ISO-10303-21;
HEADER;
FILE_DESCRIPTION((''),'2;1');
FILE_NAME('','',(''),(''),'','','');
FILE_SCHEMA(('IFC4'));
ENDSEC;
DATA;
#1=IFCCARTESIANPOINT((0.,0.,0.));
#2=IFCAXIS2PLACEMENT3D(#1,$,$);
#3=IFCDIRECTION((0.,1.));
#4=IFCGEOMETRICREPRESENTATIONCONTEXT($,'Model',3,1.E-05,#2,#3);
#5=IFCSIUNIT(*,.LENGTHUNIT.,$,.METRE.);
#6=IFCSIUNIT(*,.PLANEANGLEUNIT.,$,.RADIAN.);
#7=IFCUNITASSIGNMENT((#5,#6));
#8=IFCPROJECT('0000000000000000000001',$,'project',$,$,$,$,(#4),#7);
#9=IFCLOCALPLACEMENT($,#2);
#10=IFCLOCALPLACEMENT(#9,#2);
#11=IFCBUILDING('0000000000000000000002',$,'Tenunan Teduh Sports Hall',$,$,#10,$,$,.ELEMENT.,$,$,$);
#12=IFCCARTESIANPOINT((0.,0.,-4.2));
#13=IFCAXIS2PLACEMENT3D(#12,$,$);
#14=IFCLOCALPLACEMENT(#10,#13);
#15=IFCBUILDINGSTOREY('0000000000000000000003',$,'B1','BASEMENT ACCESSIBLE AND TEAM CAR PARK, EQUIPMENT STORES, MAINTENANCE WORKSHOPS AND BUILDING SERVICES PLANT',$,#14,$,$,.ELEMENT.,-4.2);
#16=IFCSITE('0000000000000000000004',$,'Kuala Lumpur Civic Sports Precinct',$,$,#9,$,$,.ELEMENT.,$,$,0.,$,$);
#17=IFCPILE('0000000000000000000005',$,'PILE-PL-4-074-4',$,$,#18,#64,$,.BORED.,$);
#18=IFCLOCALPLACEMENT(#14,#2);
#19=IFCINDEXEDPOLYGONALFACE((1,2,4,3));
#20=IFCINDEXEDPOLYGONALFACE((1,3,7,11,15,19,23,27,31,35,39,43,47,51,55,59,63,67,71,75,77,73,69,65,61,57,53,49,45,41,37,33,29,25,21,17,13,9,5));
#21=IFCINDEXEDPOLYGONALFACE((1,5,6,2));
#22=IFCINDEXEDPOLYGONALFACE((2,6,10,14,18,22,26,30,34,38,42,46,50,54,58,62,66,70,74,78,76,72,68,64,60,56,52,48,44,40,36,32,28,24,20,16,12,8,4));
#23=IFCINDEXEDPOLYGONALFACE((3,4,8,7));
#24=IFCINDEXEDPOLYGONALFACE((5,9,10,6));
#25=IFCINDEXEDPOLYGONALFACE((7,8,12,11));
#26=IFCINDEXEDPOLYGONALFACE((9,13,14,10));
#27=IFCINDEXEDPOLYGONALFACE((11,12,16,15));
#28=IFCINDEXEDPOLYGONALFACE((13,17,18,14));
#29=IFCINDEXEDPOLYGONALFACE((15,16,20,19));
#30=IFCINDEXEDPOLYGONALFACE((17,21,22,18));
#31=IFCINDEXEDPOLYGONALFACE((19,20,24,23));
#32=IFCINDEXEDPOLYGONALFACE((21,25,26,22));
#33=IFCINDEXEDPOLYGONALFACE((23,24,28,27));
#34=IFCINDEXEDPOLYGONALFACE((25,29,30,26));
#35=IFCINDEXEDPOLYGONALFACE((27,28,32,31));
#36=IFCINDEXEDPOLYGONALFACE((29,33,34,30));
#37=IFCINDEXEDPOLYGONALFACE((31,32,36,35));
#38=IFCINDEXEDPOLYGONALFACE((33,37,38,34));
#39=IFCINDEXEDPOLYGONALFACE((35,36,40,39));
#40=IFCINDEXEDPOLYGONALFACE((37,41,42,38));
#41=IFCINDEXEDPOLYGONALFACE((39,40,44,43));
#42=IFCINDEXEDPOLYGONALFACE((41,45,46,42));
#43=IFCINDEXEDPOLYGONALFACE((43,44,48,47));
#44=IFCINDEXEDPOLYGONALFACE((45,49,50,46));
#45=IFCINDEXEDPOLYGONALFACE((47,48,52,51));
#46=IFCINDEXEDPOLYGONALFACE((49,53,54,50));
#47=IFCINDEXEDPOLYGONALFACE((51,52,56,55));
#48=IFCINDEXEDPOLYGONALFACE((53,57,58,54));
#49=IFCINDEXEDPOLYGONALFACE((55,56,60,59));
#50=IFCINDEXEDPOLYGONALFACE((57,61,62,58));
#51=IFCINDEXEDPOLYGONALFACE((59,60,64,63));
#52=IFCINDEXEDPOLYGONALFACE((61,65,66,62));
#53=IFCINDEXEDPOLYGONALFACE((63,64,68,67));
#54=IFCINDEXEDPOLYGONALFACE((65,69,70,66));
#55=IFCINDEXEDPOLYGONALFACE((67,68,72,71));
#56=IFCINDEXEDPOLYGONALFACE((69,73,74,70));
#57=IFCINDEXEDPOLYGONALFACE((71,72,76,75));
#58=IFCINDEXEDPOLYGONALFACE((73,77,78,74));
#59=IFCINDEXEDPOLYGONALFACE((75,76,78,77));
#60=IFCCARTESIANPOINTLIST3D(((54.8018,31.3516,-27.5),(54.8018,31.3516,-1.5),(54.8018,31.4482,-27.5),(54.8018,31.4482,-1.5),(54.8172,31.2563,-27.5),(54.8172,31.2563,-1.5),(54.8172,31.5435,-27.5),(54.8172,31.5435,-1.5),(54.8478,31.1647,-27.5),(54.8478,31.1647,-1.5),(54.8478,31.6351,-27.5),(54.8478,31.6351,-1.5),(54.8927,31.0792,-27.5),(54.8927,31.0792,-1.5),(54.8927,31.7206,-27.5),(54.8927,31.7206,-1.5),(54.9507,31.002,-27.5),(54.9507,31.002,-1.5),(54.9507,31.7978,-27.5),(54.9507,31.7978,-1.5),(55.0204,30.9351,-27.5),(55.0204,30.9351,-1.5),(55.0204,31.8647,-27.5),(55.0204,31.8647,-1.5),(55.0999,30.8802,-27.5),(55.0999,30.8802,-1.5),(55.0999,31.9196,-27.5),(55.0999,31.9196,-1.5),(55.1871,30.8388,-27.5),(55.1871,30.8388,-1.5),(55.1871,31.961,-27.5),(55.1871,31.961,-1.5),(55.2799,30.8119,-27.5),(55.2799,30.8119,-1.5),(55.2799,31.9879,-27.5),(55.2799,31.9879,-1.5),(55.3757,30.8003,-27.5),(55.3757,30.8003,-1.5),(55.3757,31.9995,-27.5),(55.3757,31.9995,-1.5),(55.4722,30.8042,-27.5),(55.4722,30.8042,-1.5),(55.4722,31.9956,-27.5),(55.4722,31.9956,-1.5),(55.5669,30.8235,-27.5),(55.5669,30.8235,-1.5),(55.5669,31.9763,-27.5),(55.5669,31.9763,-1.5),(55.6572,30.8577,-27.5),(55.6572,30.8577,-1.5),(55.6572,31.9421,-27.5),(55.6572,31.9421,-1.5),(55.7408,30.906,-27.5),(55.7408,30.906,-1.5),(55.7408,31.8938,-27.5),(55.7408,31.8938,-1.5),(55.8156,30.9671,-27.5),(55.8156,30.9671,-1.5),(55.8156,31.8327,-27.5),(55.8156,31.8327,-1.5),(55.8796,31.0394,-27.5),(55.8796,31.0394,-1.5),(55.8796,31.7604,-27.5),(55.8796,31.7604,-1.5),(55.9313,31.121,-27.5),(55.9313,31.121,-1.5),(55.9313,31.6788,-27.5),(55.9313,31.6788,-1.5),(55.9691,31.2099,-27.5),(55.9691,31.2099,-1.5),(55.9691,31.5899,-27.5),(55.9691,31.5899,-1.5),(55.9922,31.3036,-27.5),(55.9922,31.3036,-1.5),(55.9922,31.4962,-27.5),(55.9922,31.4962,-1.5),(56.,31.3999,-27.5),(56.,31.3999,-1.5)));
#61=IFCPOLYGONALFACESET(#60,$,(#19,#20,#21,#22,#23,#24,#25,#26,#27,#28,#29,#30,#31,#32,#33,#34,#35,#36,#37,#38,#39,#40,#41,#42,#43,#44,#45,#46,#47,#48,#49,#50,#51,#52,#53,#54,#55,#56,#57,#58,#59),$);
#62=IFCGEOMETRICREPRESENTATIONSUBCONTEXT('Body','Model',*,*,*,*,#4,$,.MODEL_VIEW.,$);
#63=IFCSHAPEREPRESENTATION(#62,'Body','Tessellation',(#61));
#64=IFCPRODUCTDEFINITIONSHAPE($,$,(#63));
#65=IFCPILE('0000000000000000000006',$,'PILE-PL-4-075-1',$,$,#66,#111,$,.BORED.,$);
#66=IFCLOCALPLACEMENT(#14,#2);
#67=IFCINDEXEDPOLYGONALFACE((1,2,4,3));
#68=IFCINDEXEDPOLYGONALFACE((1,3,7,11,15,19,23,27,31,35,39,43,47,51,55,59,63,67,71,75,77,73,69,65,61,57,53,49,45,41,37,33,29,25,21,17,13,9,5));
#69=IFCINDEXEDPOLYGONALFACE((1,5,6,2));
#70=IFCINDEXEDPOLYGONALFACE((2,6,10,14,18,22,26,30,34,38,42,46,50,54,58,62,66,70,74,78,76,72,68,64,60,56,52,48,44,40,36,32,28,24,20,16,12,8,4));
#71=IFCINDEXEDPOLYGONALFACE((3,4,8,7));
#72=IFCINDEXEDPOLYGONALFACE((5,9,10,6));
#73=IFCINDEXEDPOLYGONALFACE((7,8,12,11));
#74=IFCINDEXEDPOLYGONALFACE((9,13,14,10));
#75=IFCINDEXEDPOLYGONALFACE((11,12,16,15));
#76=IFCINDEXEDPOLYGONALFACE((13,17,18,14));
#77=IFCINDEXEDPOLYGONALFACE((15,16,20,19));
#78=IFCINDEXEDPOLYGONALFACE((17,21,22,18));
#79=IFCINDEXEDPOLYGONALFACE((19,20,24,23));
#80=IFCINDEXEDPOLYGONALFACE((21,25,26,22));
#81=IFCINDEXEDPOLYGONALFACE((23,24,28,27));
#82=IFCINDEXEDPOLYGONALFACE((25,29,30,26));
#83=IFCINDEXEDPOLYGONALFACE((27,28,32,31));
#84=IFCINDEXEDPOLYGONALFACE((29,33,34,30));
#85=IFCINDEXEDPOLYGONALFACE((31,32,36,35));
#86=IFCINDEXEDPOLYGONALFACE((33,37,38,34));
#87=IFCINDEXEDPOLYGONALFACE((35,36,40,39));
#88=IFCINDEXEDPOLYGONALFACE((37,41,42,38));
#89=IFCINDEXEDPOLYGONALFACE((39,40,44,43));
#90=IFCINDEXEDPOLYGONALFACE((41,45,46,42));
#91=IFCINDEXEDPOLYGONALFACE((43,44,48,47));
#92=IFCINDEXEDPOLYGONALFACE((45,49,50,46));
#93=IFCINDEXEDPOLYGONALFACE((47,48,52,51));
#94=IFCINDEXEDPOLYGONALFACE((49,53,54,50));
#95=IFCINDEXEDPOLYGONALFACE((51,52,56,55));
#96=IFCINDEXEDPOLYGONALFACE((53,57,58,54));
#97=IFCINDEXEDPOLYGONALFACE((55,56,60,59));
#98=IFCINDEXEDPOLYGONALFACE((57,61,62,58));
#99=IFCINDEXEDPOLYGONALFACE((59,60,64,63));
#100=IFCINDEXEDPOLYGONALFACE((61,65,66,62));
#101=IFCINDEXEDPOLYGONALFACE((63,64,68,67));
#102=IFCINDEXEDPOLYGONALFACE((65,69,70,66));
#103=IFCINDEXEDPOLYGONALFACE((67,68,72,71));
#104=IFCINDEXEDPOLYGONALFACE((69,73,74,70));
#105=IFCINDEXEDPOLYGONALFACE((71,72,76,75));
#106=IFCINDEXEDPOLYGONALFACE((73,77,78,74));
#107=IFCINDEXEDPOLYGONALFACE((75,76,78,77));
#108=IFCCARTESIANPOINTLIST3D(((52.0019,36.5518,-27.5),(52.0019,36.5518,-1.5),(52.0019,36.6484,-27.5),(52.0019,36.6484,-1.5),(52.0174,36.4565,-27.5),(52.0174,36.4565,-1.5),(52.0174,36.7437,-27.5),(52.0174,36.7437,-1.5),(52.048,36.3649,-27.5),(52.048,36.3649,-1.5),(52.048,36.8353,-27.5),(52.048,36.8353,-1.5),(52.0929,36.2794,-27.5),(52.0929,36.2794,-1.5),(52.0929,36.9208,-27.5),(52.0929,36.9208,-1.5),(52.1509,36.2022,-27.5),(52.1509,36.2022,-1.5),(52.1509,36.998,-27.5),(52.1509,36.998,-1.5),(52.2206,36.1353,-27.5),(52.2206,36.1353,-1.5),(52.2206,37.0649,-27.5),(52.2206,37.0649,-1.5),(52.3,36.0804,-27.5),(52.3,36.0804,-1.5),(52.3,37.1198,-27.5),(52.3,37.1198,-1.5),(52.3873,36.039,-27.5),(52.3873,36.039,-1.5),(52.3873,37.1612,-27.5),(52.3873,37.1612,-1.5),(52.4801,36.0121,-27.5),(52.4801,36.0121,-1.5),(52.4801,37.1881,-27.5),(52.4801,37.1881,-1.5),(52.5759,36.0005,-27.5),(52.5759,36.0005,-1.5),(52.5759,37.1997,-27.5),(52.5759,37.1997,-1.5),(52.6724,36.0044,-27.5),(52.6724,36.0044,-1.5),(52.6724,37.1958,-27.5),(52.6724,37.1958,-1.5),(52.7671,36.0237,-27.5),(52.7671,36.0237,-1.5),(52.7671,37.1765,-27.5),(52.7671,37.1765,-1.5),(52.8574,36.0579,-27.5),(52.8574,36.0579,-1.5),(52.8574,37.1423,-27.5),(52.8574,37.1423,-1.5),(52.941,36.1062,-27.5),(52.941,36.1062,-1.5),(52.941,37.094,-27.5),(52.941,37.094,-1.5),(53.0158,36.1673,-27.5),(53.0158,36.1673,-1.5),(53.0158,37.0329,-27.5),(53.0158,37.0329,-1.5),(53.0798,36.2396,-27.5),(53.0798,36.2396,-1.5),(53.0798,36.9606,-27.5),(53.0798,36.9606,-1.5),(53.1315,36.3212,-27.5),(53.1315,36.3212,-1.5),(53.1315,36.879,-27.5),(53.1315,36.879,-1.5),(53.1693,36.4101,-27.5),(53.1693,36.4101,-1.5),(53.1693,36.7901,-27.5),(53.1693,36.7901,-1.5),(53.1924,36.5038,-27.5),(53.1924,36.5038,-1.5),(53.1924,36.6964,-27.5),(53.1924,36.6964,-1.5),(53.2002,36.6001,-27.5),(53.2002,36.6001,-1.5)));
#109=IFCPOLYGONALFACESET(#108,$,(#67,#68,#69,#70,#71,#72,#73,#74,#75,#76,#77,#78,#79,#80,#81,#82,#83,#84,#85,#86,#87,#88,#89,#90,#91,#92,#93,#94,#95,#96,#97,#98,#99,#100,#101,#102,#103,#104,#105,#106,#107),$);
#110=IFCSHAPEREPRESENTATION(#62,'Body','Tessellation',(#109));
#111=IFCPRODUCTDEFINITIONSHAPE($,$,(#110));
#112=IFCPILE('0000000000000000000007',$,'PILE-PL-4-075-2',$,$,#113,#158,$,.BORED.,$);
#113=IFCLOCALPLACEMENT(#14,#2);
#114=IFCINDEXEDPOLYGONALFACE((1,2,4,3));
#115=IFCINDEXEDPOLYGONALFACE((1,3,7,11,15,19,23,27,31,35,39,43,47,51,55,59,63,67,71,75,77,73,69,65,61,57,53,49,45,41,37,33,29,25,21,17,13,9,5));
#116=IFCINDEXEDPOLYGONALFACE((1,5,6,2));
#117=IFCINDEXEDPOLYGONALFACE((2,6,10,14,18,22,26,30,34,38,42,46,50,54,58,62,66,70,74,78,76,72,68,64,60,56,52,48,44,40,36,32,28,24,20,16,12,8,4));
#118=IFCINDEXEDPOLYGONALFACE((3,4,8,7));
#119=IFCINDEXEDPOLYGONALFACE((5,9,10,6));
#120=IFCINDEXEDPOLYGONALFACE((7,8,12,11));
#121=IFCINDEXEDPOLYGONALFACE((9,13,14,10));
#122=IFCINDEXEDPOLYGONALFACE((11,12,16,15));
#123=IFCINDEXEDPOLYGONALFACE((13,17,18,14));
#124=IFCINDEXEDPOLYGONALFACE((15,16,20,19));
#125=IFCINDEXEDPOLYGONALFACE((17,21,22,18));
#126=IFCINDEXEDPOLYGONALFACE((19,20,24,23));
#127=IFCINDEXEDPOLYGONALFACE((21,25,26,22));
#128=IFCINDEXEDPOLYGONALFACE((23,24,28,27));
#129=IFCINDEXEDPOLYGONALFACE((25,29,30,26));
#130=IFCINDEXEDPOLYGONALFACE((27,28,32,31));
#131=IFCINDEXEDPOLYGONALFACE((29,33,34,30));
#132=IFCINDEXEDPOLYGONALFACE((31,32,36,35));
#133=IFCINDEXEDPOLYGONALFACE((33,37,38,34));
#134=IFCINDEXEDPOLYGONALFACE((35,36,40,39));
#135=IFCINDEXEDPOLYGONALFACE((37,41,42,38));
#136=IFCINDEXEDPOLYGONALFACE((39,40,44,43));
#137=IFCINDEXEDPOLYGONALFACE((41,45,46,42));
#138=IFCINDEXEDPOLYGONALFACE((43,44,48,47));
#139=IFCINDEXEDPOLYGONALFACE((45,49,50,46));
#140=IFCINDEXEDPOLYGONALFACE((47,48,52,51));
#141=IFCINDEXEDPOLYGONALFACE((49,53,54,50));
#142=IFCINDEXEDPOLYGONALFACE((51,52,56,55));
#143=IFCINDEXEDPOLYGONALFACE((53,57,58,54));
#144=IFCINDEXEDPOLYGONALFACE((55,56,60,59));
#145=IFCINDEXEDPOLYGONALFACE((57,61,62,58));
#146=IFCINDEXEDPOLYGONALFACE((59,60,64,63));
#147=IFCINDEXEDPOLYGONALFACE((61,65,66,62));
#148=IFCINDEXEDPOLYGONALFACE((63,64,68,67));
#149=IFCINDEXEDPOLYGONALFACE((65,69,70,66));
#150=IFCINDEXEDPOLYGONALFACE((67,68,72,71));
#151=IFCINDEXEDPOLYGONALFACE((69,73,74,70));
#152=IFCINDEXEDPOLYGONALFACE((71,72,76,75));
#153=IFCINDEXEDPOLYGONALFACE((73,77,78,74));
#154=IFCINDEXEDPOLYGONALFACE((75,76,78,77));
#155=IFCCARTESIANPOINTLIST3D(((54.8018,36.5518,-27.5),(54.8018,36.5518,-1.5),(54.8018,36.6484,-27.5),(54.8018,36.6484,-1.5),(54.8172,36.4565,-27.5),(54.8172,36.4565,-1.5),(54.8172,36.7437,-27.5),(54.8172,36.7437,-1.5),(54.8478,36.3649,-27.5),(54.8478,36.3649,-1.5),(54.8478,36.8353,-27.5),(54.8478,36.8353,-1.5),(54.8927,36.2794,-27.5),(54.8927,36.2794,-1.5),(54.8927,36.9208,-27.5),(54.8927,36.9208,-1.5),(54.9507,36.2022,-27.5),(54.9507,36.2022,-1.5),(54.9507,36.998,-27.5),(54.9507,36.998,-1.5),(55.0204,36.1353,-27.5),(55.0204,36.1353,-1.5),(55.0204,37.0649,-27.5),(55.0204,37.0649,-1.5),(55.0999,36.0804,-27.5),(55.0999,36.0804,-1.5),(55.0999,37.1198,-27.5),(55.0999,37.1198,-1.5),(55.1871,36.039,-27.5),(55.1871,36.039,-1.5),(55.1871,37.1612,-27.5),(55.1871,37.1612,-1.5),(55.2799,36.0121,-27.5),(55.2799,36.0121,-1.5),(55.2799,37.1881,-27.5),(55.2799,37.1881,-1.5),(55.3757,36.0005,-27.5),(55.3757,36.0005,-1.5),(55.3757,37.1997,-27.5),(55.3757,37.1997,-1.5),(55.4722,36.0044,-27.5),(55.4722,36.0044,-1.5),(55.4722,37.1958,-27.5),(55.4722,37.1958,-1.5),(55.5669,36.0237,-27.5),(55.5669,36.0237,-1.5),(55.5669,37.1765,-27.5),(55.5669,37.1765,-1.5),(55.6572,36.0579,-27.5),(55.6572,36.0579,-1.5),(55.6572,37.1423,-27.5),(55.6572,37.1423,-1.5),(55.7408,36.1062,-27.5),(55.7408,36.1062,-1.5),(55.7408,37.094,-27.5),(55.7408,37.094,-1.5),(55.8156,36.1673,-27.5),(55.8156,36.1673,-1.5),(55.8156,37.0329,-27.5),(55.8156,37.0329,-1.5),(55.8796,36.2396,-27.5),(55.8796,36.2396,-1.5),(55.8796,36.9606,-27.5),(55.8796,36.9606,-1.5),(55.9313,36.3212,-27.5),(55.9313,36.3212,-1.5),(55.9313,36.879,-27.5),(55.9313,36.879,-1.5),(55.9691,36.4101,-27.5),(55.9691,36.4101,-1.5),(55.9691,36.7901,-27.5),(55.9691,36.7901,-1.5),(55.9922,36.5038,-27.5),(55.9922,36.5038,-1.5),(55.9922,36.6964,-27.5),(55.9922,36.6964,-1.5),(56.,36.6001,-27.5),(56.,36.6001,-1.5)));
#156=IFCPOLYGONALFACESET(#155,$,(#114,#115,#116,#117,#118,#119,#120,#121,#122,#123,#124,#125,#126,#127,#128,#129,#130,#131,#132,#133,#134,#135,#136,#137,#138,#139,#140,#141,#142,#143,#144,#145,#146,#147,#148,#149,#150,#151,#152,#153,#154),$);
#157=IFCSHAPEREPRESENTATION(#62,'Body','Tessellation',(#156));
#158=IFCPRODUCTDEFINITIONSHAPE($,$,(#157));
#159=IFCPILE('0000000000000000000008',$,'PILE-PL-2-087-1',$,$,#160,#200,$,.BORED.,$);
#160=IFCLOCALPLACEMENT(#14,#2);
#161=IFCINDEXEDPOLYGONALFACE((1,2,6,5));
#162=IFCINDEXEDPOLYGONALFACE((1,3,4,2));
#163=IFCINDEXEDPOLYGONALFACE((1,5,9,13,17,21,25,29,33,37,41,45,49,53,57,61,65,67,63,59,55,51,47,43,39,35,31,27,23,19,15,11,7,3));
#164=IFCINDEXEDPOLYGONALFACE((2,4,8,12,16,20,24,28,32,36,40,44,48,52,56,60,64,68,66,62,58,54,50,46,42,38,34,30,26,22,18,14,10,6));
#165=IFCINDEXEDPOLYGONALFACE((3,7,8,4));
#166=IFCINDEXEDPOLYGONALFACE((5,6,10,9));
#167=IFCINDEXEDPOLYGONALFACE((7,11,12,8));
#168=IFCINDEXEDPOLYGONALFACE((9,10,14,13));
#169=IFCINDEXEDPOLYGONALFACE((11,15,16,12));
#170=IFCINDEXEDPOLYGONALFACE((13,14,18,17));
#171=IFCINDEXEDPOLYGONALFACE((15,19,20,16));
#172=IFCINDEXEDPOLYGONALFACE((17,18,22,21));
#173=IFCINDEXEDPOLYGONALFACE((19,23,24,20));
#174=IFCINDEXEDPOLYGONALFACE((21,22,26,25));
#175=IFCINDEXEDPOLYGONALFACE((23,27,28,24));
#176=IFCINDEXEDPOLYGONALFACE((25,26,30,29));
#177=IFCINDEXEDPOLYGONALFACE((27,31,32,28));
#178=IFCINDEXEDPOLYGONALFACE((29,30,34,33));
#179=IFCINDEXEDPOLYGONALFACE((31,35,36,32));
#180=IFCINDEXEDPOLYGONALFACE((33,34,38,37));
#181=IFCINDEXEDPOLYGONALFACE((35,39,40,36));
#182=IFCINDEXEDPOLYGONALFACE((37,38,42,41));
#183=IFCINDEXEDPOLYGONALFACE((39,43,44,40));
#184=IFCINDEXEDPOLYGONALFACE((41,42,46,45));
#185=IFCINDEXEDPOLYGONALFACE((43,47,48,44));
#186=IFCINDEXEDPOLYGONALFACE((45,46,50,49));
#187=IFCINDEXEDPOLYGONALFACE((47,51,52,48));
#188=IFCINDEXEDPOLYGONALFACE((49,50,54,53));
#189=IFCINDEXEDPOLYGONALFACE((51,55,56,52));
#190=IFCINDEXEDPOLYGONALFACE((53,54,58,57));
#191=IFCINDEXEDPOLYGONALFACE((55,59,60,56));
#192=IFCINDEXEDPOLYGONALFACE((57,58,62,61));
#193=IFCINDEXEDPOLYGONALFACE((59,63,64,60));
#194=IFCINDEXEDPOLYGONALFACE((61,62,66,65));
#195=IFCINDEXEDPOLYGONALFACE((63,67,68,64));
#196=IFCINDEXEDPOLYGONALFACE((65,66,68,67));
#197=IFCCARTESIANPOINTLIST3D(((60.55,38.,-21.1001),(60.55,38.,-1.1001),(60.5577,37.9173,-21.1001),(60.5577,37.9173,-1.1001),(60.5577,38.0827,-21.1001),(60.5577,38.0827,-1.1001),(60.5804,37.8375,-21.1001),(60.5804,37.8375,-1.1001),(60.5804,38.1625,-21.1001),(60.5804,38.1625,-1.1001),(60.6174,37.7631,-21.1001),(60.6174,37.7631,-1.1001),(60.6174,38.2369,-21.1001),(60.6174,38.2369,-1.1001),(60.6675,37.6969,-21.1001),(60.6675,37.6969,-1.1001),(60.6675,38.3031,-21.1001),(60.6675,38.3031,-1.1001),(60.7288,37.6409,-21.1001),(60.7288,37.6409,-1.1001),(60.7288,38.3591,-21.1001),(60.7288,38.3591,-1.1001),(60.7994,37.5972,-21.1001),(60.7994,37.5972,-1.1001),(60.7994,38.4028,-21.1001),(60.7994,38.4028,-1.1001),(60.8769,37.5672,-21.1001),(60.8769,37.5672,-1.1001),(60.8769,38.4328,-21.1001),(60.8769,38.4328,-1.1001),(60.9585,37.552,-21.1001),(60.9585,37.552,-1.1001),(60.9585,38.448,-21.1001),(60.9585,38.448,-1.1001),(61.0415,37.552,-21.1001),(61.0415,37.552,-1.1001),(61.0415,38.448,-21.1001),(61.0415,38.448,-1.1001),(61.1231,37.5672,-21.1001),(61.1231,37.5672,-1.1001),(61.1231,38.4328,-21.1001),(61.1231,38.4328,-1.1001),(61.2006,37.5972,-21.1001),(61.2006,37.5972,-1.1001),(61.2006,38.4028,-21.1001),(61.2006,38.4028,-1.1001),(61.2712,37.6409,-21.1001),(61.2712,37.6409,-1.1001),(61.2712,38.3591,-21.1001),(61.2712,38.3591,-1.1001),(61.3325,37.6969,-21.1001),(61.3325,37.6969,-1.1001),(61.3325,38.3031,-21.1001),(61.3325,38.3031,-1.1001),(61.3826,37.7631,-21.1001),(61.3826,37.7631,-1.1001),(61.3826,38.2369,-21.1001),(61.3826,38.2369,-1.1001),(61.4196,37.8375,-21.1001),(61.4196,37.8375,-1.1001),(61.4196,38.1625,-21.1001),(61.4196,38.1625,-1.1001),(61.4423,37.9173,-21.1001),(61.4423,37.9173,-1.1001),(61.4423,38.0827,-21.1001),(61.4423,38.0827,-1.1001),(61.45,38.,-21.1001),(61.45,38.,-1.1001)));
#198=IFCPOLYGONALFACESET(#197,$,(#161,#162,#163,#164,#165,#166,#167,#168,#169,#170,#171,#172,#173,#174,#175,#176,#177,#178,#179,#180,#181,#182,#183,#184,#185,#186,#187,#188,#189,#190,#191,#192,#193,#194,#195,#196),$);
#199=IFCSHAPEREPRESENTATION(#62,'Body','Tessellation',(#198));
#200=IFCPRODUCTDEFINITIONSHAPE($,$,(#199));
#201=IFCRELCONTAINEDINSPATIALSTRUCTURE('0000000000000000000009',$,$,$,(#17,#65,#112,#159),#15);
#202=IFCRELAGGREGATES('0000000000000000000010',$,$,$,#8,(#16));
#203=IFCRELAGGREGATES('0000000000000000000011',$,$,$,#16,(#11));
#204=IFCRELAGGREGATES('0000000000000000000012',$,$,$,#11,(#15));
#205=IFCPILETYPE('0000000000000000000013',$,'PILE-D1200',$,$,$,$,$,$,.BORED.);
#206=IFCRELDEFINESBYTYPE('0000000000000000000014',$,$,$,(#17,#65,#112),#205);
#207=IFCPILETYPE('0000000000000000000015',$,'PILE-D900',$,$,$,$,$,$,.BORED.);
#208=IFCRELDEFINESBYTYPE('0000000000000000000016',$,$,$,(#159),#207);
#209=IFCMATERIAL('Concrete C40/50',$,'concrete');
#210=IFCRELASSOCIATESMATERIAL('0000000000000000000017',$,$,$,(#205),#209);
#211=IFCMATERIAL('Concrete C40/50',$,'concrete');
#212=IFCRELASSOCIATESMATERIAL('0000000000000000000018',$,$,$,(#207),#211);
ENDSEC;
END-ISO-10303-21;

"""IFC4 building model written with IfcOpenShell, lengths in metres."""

from ifc_helpers import new_model, si_unit, direction, frame, origin, origin_2d, place, context, subcontext, project, spatial, circle, extrude, material, material_profile, profile_set, type_object, element, save


model = new_model("IFC4")

# Units and contexts
model_context = context("Model", 3, precision=1e-05, world=origin(), true_north=direction((0.0, 1.0)))
body_context = subcontext(model_context, "Body", "Model", "MODEL_VIEW")
ifc_project = project(units=[si_unit("LENGTHUNIT", "METRE"), si_unit("PLANEANGLEUNIT", "RADIAN")], contexts=[model_context])

# Site, building, storey
site_placement = place(None, origin())
site = spatial("IfcSite", under=ifc_project, at=site_placement, Name="Kuala Lumpur Civic Sports Precinct", CompositionType="ELEMENT", RefElevation=0.0)
building_placement = place(site_placement, origin())
building = spatial("IfcBuilding", under=site, at=building_placement, Name="Tenunan Teduh Sports Hall", CompositionType="ELEMENT")
storey_placement = place(building_placement, frame((0.0, 0.0, -4.2)))
storey = spatial("IfcBuildingStorey", under=building, at=storey_placement, Name="B1", Description="BASEMENT ACCESSIBLE AND TEAM CAR PARK, EQUIPMENT STORES, MAINTENANCE WORKSHOPS AND BUILDING SERVICES PLANT", CompositionType="ELEMENT", Elevation=-4.2)

# Piles
ifc_material_1 = material(Name="Concrete C40/50", Category="concrete")
ifc_material_profile_1 = material_profile(ifc_material_1, circle(Radius=0.6001, at=origin_2d()), Name="PILE D1200")
ifc_profile_set_1 = profile_set([ifc_material_profile_1], Name="Concrete C40/50")
pile_type_1 = type_object("IfcPileType", Name="PILE-D1200", PredefinedType="BORED", material=ifc_profile_set_1)
for number, where, z_axis, x_axis, name in (
    (1, (55.3999, 31.3999, -1.5), (0.0, 0.0, -1.0), (1.0, 0.0, 0.0), "PILE-PL-4-074-4"),
    (2, (52.6001, 36.6001, -1.5), (0.0, 0.0, -1.0), (1.0, 0.0, 0.0), "PILE-PL-4-075-1"),
    (3, (55.3999, 36.6001, -1.5), (0.0, 0.0, -1.0), (1.0, 0.0, 0.0), "PILE-PL-4-075-2"),
):
    element("IfcPile", number, at=place(storey_placement, frame(where, z_axis=z_axis, x_axis=x_axis)), inside=storey, type_object=pile_type_1, Name=name, PredefinedType="BORED", context=body_context, shape_type="SweptSolid", body=[
        extrude(circle(Radius=0.6001, at=origin_2d()), origin(), (0.0, 0.0, 1.0), 26.0),
    ])
ifc_material_2 = material(Name="Concrete C40/50", Category="concrete")
ifc_material_profile_2 = material_profile(ifc_material_2, circle(Radius=0.45, at=origin_2d()), Name="PILE D900")
ifc_profile_set_2 = profile_set([ifc_material_profile_2], Name="Concrete C40/50")
pile_type_2 = type_object("IfcPileType", Name="PILE-D900", PredefinedType="BORED", material=ifc_profile_set_2)
for number, where, z_axis, x_axis, name in (
    (4, (61.0, 38.0, -1.1001), (0.0, 0.0, -1.0), (1.0, 0.0, 0.0), "PILE-PL-2-087-1"),
):
    element("IfcPile", number, at=place(storey_placement, frame(where, z_axis=z_axis, x_axis=x_axis)), inside=storey, type_object=pile_type_2, Name=name, PredefinedType="BORED", context=body_context, shape_type="SweptSolid", body=[
        extrude(circle(Radius=0.45, at=origin_2d()), origin(), (0.0, 0.0, 1.0), 20.0),
    ])

save(model, "model.ifc")
